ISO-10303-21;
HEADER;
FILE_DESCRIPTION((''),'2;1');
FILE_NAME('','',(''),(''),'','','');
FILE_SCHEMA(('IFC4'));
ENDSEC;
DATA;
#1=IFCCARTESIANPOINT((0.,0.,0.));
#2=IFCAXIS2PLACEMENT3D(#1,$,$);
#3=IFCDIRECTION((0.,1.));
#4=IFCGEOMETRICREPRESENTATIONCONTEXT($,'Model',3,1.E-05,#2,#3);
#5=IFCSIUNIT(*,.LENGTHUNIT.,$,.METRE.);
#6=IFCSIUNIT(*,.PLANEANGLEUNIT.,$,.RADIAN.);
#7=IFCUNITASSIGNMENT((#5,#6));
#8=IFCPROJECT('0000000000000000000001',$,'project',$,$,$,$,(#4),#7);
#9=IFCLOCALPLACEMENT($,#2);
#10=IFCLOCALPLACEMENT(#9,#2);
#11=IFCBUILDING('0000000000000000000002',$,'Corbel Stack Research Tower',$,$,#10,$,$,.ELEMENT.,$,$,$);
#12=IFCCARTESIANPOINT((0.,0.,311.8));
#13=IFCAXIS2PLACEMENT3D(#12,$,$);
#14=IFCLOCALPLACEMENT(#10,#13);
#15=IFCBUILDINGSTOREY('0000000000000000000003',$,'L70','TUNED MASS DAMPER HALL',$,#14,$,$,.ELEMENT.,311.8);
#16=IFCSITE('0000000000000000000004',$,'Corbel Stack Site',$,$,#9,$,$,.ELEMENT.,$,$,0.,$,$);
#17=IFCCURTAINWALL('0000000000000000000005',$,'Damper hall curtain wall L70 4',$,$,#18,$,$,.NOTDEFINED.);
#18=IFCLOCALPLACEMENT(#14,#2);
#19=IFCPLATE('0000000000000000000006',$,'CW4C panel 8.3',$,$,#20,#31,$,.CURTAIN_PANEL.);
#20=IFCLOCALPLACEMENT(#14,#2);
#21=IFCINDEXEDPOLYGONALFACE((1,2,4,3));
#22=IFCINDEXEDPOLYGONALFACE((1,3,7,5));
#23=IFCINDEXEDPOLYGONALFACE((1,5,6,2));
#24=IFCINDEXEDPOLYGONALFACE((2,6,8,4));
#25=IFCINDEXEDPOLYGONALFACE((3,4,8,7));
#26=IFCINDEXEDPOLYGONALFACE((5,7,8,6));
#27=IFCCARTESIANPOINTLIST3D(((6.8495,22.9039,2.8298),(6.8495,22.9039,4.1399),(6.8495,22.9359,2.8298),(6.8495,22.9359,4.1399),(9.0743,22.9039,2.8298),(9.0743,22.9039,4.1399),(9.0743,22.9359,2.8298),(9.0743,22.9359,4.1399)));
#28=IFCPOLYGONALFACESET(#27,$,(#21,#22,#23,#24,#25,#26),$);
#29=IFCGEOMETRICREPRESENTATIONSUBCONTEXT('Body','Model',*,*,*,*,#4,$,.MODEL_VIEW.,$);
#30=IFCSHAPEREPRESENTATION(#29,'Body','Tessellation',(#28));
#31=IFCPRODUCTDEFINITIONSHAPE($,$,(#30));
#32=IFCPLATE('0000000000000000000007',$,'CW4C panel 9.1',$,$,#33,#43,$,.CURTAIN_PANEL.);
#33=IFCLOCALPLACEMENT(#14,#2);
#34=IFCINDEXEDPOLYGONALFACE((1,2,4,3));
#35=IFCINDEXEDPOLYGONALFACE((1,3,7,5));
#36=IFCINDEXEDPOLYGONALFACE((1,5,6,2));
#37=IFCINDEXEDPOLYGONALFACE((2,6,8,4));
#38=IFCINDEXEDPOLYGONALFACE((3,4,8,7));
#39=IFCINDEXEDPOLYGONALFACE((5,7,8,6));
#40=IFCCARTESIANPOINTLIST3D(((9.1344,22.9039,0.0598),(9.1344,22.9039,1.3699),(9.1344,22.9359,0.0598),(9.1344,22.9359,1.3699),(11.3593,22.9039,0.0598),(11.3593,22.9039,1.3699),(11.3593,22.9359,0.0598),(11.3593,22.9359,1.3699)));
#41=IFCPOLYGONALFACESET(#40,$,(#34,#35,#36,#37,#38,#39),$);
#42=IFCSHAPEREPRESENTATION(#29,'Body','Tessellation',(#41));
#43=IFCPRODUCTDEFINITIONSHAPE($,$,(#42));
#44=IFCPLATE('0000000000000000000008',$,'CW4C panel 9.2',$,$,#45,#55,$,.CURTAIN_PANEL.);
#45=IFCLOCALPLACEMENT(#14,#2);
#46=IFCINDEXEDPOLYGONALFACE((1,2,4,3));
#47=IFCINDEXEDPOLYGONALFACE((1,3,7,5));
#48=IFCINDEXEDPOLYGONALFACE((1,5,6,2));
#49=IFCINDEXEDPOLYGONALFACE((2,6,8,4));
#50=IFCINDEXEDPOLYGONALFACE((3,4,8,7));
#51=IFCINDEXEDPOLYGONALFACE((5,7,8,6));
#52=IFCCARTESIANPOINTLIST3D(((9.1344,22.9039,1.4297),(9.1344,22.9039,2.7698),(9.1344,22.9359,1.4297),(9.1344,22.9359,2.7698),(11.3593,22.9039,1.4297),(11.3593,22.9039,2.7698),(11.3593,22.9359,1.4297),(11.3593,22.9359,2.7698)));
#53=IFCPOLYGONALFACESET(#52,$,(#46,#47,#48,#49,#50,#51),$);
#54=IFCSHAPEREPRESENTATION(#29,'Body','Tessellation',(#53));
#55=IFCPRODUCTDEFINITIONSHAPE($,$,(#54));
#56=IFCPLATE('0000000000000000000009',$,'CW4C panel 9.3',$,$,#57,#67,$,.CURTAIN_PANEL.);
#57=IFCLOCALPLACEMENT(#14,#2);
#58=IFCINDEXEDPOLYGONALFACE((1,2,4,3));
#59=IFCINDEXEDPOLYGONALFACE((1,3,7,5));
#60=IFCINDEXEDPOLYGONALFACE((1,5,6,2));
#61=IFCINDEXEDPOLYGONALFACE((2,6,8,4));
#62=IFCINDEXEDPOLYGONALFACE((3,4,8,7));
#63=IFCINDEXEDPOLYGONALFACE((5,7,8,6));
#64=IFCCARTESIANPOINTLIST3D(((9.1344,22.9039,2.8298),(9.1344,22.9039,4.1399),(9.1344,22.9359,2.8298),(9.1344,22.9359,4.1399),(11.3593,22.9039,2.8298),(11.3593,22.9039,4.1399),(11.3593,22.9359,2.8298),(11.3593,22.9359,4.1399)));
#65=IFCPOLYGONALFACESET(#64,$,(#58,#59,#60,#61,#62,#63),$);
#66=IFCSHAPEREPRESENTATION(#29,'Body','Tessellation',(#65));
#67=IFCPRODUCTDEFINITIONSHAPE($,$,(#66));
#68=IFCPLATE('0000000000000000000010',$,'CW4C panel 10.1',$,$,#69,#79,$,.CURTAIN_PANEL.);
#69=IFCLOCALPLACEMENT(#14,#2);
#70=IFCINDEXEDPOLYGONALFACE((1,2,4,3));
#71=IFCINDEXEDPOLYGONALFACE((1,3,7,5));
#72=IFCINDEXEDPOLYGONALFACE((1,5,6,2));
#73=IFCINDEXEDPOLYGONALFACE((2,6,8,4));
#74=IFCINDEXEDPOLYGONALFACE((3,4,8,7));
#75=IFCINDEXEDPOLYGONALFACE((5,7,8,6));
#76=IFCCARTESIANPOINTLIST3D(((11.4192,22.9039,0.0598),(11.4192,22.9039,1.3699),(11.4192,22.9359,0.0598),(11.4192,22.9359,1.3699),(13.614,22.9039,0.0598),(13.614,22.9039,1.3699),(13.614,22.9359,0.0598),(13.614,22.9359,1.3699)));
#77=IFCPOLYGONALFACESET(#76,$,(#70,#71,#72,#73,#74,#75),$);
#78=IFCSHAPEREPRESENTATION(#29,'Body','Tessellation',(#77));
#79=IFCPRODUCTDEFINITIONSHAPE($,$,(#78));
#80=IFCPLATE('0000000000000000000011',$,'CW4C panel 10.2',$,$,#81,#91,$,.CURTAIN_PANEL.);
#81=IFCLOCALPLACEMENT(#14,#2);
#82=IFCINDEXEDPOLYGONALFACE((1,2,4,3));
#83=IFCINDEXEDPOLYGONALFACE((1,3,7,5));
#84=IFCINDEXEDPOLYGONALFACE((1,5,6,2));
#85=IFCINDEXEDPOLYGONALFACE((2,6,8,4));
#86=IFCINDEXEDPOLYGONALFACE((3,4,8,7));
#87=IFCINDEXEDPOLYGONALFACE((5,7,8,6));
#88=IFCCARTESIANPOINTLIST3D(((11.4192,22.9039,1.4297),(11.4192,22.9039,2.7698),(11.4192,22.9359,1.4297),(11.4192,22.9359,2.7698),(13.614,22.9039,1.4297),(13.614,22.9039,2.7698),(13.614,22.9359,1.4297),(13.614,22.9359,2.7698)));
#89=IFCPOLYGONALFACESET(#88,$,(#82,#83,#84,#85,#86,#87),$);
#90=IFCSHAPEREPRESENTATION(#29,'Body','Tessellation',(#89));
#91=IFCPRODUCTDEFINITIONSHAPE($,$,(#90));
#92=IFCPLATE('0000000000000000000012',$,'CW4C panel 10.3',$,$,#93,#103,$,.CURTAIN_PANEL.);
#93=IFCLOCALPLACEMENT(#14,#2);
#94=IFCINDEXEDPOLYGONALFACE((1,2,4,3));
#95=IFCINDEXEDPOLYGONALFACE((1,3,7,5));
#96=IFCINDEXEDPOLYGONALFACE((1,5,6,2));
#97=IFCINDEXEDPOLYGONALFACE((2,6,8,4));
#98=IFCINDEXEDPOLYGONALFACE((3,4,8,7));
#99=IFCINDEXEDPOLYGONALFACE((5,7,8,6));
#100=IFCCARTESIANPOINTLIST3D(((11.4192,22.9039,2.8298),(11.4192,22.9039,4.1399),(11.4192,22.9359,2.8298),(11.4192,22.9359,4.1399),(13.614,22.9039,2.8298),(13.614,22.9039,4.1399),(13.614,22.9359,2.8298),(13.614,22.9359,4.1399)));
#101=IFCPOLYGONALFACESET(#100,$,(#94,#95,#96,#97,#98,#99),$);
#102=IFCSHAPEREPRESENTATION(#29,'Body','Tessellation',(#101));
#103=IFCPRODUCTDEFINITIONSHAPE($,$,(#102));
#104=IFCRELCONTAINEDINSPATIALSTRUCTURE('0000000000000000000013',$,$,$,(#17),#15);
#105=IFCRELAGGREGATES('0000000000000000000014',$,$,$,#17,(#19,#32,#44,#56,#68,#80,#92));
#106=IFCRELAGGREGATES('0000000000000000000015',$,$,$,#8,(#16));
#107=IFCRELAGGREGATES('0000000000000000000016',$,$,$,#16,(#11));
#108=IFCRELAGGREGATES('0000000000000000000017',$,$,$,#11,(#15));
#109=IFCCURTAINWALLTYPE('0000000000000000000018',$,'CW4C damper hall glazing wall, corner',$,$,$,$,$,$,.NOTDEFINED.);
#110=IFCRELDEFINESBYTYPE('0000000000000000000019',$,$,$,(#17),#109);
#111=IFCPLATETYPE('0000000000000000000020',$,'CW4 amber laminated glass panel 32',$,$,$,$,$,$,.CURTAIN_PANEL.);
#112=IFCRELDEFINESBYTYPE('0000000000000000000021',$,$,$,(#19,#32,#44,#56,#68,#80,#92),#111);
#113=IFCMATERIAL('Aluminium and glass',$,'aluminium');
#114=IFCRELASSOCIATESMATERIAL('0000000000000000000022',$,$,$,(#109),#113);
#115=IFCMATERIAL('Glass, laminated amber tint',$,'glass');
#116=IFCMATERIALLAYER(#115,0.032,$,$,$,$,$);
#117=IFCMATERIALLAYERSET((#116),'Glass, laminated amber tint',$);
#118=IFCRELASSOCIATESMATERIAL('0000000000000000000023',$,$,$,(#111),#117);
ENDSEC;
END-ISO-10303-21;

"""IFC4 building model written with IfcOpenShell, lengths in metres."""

from ifc_helpers import new_model, si_unit, direction, frame, origin, origin_2d, place, context, subcontext, project, spatial, rectangle, extrude, material, layer, layer_set, type_object, element, aggregate, save


model = new_model("IFC4")

# Units and contexts
model_context = context("Model", 3, precision=1e-05, world=origin(), true_north=direction((0.0, 1.0)))
body_context = subcontext(model_context, "Body", "Model", "MODEL_VIEW")
ifc_project = project(units=[si_unit("LENGTHUNIT", "METRE"), si_unit("PLANEANGLEUNIT", "RADIAN")], contexts=[model_context])

# Site, building, storey
site_placement = place(None, origin())
site = spatial("IfcSite", under=ifc_project, at=site_placement, Name="Corbel Stack Site", CompositionType="ELEMENT", RefElevation=0.0)
building_placement = place(site_placement, origin())
building = spatial("IfcBuilding", under=site, at=building_placement, Name="Corbel Stack Research Tower", CompositionType="ELEMENT")
storey_placement = place(building_placement, frame((0.0, 0.0, 311.8)))
storey = spatial("IfcBuildingStorey", under=building, at=storey_placement, Name="L70", Description="TUNED MASS DAMPER HALL", CompositionType="ELEMENT", Elevation=311.8)

# Curtain wall, plates
ifc_material_1 = material(Name="Aluminium and glass", Category="aluminium")
curtain_wall_type = type_object("IfcCurtainWallType", Name="CW4C damper hall glazing wall, corner", PredefinedType="NOTDEFINED", material=ifc_material_1)
curtain_wall_placement = place(storey_placement, origin())
curtain_wall = element("IfcCurtainWall", 1, at=curtain_wall_placement, inside=storey, type_object=curtain_wall_type, Name="Damper hall curtain wall L70 4", PredefinedType="NOTDEFINED")
ifc_material_2 = material(Name="Glass, laminated amber tint", Category="glass")
ifc_layer = layer(ifc_material_2, 0.032)
ifc_layer_set = layer_set([ifc_layer], Name="Glass, laminated amber tint")
plate_type = type_object("IfcPlateType", Name="CW4 amber laminated glass panel 32", PredefinedType="CURTAIN_PANEL", material=ifc_layer_set)
plate_1_placement = place(storey_placement, frame((7.9619, 22.9199, 2.8298), z_axis=(0.0, 0.0, 1.0), x_axis=(1.0, 0.0, 0.0)))
plate_1 = element("IfcPlate", 2, at=plate_1_placement, type_object=plate_type, Name="CW4C panel 8.3", PredefinedType="CURTAIN_PANEL", context=body_context, shape_type="SweptSolid", body=[
    extrude(rectangle(XDim=2.2249, YDim=0.032, at=origin_2d()), origin(), (0.0, 0.0, 1.0), 1.3101),
])
plate_2_placement = place(storey_placement, frame((10.2468, 22.9199, 0.0598), z_axis=(0.0, 0.0, 1.0), x_axis=(1.0, 0.0, 0.0)))
plate_2 = element("IfcPlate", 3, at=plate_2_placement, type_object=plate_type, Name="CW4C panel 9.1", PredefinedType="CURTAIN_PANEL", context=body_context, shape_type="SweptSolid", body=[
    extrude(rectangle(XDim=2.2249, YDim=0.032, at=origin_2d()), origin(), (0.0, 0.0, 1.0), 1.3101),
])
plate_3_placement = place(storey_placement, frame((10.2468, 22.9199, 1.4297), z_axis=(0.0, 0.0, 1.0), x_axis=(1.0, 0.0, 0.0)))
plate_3 = element("IfcPlate", 4, at=plate_3_placement, type_object=plate_type, Name="CW4C panel 9.2", PredefinedType="CURTAIN_PANEL", context=body_context, shape_type="SweptSolid", body=[
    extrude(rectangle(XDim=2.2249, YDim=0.032, at=origin_2d()), origin(), (0.0, 0.0, 1.0), 1.3401),
])
plate_4_placement = place(storey_placement, frame((10.2468, 22.9199, 2.8298), z_axis=(0.0, 0.0, 1.0), x_axis=(1.0, 0.0, 0.0)))
plate_4 = element("IfcPlate", 5, at=plate_4_placement, type_object=plate_type, Name="CW4C panel 9.3", PredefinedType="CURTAIN_PANEL", context=body_context, shape_type="SweptSolid", body=[
    extrude(rectangle(XDim=2.2249, YDim=0.032, at=origin_2d()), origin(), (0.0, 0.0, 1.0), 1.3101),
])
plate_5_placement = place(storey_placement, frame((12.5166, 22.9199, 0.0598), z_axis=(0.0, 0.0, 1.0), x_axis=(1.0, 0.0, 0.0)))
plate_5 = element("IfcPlate", 6, at=plate_5_placement, type_object=plate_type, Name="CW4C panel 10.1", PredefinedType="CURTAIN_PANEL", context=body_context, shape_type="SweptSolid", body=[
    extrude(rectangle(XDim=2.1948, YDim=0.032, at=origin_2d()), origin(), (0.0, 0.0, 1.0), 1.3101),
])
plate_6_placement = place(storey_placement, frame((12.5166, 22.9199, 1.4297), z_axis=(0.0, 0.0, 1.0), x_axis=(1.0, 0.0, 0.0)))
plate_6 = element("IfcPlate", 7, at=plate_6_placement, type_object=plate_type, Name="CW4C panel 10.2", PredefinedType="CURTAIN_PANEL", context=body_context, shape_type="SweptSolid", body=[
    extrude(rectangle(XDim=2.1948, YDim=0.032, at=origin_2d()), origin(), (0.0, 0.0, 1.0), 1.3401),
])
plate_7_placement = place(storey_placement, frame((12.5166, 22.9199, 2.8298), z_axis=(0.0, 0.0, 1.0), x_axis=(1.0, 0.0, 0.0)))
plate_7 = element("IfcPlate", 8, at=plate_7_placement, type_object=plate_type, Name="CW4C panel 10.3", PredefinedType="CURTAIN_PANEL", context=body_context, shape_type="SweptSolid", body=[
    extrude(rectangle(XDim=2.1948, YDim=0.032, at=origin_2d()), origin(), (0.0, 0.0, 1.0), 1.3101),
])
aggregate(curtain_wall, [plate_1, plate_2, plate_3, plate_4, plate_5, plate_6, plate_7])

save(model, "model.ifc")
